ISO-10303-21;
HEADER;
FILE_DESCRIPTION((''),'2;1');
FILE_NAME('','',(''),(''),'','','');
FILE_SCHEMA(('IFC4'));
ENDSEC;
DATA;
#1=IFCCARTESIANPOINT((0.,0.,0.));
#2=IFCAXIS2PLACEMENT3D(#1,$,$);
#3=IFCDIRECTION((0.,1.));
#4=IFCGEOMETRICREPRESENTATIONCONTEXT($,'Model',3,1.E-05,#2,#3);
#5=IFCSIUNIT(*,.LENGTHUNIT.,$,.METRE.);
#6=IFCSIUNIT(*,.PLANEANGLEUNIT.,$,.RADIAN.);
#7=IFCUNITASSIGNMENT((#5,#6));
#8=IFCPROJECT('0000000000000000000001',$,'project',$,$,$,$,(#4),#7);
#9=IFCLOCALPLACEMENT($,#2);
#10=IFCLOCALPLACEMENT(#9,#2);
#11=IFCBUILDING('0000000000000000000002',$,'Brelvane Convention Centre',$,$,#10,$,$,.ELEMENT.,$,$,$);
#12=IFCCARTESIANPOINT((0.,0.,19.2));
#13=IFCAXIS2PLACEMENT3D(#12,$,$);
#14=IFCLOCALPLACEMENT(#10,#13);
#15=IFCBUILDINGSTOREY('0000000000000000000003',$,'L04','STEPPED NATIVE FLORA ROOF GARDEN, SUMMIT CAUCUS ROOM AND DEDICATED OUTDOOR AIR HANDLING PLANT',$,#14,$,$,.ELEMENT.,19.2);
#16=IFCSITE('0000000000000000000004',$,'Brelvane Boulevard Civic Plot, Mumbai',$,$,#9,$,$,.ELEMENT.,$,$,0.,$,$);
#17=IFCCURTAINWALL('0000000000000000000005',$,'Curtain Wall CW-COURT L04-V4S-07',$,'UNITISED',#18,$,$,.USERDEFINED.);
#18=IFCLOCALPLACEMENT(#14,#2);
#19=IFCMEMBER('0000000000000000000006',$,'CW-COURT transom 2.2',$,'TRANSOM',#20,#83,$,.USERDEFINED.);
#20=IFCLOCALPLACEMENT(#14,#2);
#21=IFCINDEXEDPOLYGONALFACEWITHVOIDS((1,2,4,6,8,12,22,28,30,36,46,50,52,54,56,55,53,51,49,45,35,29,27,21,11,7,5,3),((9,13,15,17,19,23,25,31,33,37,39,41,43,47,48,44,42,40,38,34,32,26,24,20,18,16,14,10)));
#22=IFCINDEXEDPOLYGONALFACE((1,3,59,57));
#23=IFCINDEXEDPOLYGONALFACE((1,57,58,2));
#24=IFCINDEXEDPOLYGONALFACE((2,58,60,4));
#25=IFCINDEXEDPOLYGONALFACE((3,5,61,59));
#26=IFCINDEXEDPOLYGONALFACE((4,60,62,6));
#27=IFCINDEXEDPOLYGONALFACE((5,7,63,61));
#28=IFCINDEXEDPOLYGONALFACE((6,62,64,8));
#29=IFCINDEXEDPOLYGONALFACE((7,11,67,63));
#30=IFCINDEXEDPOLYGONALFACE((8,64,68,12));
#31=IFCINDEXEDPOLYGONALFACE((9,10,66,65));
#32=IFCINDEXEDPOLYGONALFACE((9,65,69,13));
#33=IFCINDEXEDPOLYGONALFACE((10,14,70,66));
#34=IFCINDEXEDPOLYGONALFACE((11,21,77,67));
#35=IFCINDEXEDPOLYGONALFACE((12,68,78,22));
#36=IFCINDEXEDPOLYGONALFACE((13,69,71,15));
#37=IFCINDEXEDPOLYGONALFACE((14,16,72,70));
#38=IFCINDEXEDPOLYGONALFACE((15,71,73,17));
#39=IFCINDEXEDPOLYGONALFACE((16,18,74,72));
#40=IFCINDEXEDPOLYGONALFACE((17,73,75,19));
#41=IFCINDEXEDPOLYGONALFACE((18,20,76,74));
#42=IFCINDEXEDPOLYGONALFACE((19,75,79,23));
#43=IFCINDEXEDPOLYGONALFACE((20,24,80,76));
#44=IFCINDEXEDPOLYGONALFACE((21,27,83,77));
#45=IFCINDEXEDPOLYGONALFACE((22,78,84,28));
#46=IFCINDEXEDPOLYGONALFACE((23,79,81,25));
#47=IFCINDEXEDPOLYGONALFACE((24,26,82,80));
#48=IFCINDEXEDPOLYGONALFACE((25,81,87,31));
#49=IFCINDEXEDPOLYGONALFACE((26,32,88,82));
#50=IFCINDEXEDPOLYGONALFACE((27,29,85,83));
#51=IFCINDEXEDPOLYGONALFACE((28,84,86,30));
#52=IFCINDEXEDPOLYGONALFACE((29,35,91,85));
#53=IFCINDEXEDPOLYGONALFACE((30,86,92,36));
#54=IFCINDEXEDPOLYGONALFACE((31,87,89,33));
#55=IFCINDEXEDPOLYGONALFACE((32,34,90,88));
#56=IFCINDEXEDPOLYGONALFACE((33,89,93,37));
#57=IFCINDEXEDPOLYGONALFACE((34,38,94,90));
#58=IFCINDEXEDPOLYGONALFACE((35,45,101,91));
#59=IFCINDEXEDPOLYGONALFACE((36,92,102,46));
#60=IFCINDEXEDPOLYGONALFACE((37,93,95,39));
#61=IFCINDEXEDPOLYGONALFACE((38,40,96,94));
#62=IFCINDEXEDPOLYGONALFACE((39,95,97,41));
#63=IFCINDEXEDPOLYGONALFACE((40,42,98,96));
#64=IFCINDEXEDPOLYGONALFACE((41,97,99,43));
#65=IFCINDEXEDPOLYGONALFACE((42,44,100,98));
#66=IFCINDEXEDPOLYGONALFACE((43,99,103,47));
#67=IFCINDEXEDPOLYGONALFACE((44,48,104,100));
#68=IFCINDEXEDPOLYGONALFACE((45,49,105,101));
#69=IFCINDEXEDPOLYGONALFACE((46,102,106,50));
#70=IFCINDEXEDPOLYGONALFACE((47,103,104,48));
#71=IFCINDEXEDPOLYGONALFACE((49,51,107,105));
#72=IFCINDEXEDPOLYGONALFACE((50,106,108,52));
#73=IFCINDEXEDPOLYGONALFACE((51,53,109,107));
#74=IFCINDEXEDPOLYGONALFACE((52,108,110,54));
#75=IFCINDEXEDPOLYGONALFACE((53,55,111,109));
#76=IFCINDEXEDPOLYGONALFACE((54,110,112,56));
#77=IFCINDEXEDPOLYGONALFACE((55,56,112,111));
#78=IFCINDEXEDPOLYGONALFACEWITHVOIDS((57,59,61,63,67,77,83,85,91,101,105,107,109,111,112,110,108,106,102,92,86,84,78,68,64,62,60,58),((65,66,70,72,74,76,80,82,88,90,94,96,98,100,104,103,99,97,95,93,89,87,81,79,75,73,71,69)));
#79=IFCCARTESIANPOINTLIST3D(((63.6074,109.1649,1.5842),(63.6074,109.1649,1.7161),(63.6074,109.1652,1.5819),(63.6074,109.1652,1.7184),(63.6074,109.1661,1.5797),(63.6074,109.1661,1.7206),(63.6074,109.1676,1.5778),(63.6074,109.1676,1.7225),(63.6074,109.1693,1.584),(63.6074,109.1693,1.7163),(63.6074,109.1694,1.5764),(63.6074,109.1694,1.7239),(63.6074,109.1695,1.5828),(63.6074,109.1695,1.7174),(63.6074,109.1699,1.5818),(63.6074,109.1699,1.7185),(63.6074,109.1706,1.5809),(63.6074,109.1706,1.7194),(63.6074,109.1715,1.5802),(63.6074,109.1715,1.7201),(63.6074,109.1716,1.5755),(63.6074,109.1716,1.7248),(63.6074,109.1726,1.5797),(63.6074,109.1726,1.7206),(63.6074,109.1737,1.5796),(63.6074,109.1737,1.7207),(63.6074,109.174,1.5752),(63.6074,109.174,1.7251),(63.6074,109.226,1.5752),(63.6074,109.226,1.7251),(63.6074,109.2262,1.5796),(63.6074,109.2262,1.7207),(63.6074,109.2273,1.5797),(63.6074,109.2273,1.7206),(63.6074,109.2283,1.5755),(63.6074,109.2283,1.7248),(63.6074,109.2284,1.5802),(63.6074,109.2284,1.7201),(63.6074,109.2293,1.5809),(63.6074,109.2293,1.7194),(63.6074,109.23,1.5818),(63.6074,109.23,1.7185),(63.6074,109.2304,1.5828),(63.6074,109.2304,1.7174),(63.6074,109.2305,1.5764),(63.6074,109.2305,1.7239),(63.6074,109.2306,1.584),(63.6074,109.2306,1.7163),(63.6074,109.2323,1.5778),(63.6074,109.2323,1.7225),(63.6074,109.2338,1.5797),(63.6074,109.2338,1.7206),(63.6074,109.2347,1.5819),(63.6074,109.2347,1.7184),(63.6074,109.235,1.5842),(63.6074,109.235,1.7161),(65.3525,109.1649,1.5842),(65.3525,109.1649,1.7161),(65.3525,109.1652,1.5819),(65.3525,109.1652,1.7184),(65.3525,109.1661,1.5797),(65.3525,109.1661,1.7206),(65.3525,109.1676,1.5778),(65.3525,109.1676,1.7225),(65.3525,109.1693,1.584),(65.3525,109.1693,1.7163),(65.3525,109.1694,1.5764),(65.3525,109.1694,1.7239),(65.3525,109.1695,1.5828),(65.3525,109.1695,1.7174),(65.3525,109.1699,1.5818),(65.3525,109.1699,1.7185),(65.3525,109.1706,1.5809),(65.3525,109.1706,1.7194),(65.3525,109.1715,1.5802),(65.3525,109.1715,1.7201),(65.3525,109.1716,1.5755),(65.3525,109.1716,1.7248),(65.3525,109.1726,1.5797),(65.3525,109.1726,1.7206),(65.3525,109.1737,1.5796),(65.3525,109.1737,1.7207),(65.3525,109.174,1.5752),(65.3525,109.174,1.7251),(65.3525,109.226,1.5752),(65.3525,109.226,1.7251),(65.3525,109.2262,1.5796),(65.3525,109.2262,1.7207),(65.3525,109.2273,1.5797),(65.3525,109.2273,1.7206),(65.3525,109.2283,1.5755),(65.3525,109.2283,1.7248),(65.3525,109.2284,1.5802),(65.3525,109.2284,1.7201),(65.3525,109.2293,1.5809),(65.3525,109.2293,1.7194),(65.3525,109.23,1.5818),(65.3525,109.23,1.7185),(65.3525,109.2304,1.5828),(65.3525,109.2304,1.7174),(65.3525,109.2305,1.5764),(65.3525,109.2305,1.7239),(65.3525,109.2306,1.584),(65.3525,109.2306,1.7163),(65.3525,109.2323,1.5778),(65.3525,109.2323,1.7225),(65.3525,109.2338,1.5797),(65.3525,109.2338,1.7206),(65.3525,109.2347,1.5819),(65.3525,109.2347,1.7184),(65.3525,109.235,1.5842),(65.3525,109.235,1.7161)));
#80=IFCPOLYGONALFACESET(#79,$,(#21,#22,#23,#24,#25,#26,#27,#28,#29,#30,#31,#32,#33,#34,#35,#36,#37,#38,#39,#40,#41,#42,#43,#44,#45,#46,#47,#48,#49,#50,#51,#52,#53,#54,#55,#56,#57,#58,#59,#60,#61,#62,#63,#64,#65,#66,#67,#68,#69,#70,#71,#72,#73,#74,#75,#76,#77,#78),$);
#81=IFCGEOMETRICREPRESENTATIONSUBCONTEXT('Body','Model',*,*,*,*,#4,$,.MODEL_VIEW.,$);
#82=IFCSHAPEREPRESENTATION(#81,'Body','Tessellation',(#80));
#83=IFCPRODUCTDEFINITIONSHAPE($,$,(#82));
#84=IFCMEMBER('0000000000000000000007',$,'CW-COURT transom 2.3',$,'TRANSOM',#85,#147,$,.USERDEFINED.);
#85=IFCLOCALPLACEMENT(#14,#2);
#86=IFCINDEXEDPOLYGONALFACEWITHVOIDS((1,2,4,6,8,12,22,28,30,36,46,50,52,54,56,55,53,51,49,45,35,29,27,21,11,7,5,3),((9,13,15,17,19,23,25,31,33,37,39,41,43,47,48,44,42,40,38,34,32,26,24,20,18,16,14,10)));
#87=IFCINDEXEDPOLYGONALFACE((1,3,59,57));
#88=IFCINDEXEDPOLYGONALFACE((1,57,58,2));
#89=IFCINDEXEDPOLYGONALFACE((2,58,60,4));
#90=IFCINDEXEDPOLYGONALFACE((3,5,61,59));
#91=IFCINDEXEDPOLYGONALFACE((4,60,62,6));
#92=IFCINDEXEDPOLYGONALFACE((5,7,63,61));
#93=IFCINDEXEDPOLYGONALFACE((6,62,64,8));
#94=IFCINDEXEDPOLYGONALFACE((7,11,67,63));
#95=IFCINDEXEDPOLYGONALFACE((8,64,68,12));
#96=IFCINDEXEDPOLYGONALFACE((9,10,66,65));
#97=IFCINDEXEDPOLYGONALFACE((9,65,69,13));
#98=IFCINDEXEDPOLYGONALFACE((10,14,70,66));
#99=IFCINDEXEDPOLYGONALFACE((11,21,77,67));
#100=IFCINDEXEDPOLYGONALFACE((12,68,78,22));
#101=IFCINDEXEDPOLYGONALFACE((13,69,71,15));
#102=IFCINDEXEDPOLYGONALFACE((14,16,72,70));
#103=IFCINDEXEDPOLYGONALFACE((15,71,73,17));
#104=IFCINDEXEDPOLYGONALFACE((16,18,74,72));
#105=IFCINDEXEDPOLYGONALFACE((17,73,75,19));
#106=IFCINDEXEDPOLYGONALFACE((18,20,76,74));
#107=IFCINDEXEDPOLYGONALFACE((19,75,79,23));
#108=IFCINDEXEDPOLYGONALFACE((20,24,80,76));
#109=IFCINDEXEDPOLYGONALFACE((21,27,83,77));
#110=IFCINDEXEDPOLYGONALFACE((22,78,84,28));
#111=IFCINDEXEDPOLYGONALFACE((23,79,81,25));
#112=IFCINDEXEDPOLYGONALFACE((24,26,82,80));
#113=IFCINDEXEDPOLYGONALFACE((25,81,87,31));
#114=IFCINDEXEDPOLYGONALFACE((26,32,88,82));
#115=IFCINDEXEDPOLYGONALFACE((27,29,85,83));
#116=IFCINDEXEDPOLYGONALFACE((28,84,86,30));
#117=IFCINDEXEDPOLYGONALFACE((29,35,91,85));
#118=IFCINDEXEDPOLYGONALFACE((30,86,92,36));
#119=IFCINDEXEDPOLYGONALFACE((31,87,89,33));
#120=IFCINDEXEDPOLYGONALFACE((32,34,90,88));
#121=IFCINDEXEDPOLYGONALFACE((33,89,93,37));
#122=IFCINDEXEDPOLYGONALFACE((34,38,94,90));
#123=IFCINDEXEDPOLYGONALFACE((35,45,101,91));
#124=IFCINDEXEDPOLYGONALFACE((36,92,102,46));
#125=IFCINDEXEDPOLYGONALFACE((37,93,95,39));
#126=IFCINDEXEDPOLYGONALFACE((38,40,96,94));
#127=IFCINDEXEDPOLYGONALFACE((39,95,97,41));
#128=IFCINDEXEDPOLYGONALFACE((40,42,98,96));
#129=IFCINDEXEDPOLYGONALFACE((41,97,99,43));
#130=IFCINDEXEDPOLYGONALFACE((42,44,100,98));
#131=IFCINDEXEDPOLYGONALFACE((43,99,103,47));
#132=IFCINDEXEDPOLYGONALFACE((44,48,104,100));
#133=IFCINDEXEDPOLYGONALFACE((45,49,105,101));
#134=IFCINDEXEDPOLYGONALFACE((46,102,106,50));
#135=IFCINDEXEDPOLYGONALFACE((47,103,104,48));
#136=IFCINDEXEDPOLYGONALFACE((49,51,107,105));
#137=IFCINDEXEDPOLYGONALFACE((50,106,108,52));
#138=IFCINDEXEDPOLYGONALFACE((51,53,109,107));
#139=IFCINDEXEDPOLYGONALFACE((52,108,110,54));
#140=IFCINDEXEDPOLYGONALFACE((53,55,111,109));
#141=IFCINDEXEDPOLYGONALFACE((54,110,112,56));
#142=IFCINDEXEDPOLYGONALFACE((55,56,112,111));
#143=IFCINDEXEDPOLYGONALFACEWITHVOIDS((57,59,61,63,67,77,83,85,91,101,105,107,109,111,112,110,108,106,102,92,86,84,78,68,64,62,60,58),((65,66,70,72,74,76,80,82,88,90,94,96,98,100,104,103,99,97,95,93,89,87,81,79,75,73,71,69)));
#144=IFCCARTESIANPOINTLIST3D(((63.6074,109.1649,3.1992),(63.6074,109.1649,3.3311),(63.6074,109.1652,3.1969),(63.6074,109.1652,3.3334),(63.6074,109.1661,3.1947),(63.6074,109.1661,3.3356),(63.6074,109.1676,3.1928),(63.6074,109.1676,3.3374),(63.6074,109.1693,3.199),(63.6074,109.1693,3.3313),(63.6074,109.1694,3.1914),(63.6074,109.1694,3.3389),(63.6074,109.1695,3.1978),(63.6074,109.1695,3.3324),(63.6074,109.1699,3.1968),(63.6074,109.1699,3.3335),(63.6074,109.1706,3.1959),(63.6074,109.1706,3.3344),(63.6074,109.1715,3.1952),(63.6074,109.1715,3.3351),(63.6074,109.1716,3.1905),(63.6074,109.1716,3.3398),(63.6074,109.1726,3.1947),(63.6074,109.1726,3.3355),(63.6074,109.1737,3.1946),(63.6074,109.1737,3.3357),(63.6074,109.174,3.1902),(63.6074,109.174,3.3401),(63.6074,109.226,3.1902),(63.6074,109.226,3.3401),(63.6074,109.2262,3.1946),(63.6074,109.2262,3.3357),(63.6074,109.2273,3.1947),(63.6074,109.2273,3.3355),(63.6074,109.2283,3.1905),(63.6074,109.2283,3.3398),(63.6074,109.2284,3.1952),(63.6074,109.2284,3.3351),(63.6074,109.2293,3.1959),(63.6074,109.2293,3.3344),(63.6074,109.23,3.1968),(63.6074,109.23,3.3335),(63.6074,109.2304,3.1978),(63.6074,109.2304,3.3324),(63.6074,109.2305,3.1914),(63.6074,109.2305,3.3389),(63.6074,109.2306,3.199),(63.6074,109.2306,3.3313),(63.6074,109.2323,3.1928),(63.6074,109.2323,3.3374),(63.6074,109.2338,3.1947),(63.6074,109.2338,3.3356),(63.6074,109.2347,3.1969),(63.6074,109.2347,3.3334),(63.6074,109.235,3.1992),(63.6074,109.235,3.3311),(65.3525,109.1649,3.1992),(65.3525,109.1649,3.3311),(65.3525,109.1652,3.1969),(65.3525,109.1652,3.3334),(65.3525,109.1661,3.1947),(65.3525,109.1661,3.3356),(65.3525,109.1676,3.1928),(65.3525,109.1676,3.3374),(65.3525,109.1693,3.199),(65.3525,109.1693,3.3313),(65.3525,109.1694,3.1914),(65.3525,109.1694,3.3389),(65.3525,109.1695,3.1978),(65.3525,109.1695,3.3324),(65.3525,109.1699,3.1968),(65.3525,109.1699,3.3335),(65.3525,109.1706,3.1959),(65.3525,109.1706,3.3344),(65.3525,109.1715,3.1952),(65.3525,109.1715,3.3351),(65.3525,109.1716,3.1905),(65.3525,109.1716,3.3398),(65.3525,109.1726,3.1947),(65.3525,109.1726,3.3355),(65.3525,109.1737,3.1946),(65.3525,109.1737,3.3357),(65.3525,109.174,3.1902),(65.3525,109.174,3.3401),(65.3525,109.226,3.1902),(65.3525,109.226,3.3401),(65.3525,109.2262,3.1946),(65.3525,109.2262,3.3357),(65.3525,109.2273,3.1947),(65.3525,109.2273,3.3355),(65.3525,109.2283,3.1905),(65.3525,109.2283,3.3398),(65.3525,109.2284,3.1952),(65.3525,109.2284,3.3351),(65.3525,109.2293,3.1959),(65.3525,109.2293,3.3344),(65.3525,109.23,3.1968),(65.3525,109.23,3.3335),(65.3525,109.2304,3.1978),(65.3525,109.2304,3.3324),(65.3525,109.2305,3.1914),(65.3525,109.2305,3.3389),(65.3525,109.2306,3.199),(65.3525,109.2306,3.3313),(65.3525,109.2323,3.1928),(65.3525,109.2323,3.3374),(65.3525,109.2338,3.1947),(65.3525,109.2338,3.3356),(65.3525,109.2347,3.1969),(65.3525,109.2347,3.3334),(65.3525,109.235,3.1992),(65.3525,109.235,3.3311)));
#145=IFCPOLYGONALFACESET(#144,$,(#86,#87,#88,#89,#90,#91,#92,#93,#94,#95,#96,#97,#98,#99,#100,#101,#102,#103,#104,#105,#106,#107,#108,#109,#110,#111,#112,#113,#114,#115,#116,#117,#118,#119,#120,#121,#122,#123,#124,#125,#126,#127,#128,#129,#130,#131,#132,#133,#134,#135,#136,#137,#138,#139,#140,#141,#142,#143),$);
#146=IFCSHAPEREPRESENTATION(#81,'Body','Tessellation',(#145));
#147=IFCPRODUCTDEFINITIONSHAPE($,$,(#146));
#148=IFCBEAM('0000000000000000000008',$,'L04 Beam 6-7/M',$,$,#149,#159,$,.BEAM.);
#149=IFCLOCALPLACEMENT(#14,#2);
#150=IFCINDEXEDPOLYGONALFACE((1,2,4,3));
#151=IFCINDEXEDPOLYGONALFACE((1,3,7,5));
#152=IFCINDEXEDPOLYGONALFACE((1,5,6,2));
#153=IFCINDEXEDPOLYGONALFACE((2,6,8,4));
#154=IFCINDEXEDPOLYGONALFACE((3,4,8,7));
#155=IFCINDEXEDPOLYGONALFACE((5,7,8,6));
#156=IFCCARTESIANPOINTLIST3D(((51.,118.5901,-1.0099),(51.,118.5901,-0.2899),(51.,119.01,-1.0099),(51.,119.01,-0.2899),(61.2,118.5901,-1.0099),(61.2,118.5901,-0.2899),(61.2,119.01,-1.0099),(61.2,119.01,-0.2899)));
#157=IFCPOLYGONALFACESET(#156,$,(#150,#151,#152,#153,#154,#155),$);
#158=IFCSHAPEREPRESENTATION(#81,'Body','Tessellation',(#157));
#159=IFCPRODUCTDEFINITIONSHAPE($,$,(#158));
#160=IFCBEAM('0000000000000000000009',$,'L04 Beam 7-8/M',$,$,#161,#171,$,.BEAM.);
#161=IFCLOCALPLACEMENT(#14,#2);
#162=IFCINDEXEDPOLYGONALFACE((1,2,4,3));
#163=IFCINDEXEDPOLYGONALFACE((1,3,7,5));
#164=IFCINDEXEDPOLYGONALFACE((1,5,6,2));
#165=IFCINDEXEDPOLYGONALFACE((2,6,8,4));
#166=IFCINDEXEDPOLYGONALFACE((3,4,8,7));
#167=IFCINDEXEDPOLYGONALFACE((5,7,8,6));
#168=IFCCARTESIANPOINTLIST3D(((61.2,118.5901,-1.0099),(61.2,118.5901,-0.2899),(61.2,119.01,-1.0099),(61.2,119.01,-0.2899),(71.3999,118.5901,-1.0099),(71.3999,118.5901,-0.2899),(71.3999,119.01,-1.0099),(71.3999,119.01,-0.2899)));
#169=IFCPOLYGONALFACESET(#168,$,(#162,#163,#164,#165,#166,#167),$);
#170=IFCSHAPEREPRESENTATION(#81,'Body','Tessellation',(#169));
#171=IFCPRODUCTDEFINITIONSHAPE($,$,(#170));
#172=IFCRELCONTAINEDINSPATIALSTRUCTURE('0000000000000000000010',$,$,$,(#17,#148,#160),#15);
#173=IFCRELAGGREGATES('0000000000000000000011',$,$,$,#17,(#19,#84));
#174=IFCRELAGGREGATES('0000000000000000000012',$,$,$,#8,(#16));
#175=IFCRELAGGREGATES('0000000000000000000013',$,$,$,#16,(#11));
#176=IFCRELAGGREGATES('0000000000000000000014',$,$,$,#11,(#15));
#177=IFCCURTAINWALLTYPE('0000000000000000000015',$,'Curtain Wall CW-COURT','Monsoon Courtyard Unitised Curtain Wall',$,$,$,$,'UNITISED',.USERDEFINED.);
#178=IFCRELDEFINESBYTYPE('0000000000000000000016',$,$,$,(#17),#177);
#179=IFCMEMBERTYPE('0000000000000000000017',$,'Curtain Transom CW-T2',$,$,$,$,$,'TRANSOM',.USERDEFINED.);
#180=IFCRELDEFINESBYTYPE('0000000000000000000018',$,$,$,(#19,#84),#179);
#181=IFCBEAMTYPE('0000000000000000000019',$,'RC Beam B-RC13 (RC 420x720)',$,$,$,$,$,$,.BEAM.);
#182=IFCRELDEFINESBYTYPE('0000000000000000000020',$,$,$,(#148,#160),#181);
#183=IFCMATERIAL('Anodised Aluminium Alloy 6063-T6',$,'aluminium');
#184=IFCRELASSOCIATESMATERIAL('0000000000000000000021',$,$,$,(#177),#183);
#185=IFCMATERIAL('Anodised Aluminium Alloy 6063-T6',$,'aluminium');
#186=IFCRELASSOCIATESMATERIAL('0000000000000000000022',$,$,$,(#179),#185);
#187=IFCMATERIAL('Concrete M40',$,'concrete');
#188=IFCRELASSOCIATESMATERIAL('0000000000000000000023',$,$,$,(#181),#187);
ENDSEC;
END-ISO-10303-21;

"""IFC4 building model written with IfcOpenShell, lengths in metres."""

from ifc_helpers import new_model, si_unit, direction, frame, origin, origin_2d, place, context, subcontext, project, spatial, rectangle, hollow_rectangle, extrude, material, material_profile, profile_set, type_object, element, aggregate, save


model = new_model("IFC4")

# Units and contexts
model_context = context("Model", 3, precision=1e-05, world=origin(), true_north=direction((0.0, 1.0)))
body_context = subcontext(model_context, "Body", "Model", "MODEL_VIEW")
ifc_project = project(units=[si_unit("LENGTHUNIT", "METRE"), si_unit("PLANEANGLEUNIT", "RADIAN")], contexts=[model_context])

# Site, building, storey
site_placement = place(None, origin())
site = spatial("IfcSite", under=ifc_project, at=site_placement, Name="Brelvane Boulevard Civic Plot, Mumbai", CompositionType="ELEMENT", RefElevation=0.0)
building_placement = place(site_placement, origin())
building = spatial("IfcBuilding", under=site, at=building_placement, Name="Brelvane Convention Centre", CompositionType="ELEMENT")
storey_placement = place(building_placement, frame((0.0, 0.0, 19.2)))
storey = spatial("IfcBuildingStorey", under=building, at=storey_placement, Name="L04", Description="STEPPED NATIVE FLORA ROOF GARDEN, SUMMIT CAUCUS ROOM AND DEDICATED OUTDOOR AIR HANDLING PLANT", CompositionType="ELEMENT", Elevation=19.2)

# Curtain wall
ifc_material_1 = material(Name="Anodised Aluminium Alloy 6063-T6", Category="aluminium")
curtain_wall_type = type_object("IfcCurtainWallType", Name="Curtain Wall CW-COURT", Description="Monsoon Courtyard Unitised Curtain Wall", ElementType="UNITISED", PredefinedType="USERDEFINED", material=ifc_material_1)
curtain_wall_1_placement = place(storey_placement, origin())
curtain_wall_1 = element("IfcCurtainWall", 1, at=curtain_wall_1_placement, inside=storey, type_object=curtain_wall_type, Name="Curtain Wall CW-COURT L04-V4S-07", ObjectType="UNITISED", PredefinedType="USERDEFINED")

# Members
ifc_material_2 = material(Name="Anodised Aluminium Alloy 6063-T6", Category="aluminium")
ifc_material_profile_1 = material_profile(ifc_material_2, hollow_rectangle(XDim=0.0701, YDim=0.1499, WallThickness=0.0044, InnerFilletRadius=0.0044, OuterFilletRadius=0.009, at=origin_2d()), Name="ALU-T 150x70x4.5")
ifc_profile_set_1 = profile_set([ifc_material_profile_1], Name="Anodised Aluminium Alloy 6063-T6")
member_type_1 = type_object("IfcMemberType", Name="Curtain Transom CW-T2", ElementType="TRANSOM", PredefinedType="USERDEFINED", material=ifc_profile_set_1)
member_1_placement = place(storey_placement, frame((63.6074, 109.2, 1.6501), z_axis=(1.0, 0.0, 0.0), x_axis=(0.0, 1.0, 0.0)))
member_1 = element("IfcMember", 2, at=member_1_placement, type_object=member_type_1, Name="CW-COURT transom 2.2", ObjectType="TRANSOM", PredefinedType="USERDEFINED", context=body_context, shape_type="SweptSolid", body=[
    extrude(hollow_rectangle(XDim=0.0701, YDim=0.1499, WallThickness=0.0044, InnerFilletRadius=0.0044, OuterFilletRadius=0.009, at=origin_2d()), origin(), (0.0, 0.0, 1.0), 1.7451),
])
member_2_placement = place(storey_placement, frame((63.6074, 109.2, 3.2651), z_axis=(1.0, 0.0, 0.0), x_axis=(0.0, 1.0, 0.0)))
member_2 = element("IfcMember", 3, at=member_2_placement, type_object=member_type_1, Name="CW-COURT transom 2.3", ObjectType="TRANSOM", PredefinedType="USERDEFINED", context=body_context, shape_type="SweptSolid", body=[
    extrude(hollow_rectangle(XDim=0.0701, YDim=0.1499, WallThickness=0.0044, InnerFilletRadius=0.0044, OuterFilletRadius=0.009, at=origin_2d()), origin(), (0.0, 0.0, 1.0), 1.7451),
])

# Beams
ifc_material_3 = material(Name="Concrete M40", Category="concrete")
ifc_material_profile_2 = material_profile(ifc_material_3, rectangle(XDim=0.4199, YDim=0.72, at=origin_2d()), Name="RC 420x720")
ifc_profile_set_2 = profile_set([ifc_material_profile_2], Name="Concrete M40")
beam_type_1 = type_object("IfcBeamType", Name="RC Beam B-RC13 (RC 420x720)", PredefinedType="BEAM", material=ifc_profile_set_2)
for number, where, z_axis, x_axis, name in (
    (4, (51.0, 118.8, -0.6499), (1.0, 0.0, 0.0), (0.0, 1.0, 0.0), "L04 Beam 6-7/M"),
    (5, (61.2, 118.8, -0.6499), (1.0, 0.0, 0.0), (0.0, 1.0, 0.0), "L04 Beam 7-8/M"),
):
    element("IfcBeam", number, at=place(storey_placement, frame(where, z_axis=z_axis, x_axis=x_axis)), inside=storey, type_object=beam_type_1, Name=name, PredefinedType="BEAM", context=body_context, shape_type="SweptSolid", body=[
        extrude(rectangle(XDim=0.4199, YDim=0.72, at=origin_2d()), origin(), (0.0, 0.0, 1.0), 10.2),
    ])

aggregate(curtain_wall_1, [member_1, member_2])

save(model, "model.ifc")
